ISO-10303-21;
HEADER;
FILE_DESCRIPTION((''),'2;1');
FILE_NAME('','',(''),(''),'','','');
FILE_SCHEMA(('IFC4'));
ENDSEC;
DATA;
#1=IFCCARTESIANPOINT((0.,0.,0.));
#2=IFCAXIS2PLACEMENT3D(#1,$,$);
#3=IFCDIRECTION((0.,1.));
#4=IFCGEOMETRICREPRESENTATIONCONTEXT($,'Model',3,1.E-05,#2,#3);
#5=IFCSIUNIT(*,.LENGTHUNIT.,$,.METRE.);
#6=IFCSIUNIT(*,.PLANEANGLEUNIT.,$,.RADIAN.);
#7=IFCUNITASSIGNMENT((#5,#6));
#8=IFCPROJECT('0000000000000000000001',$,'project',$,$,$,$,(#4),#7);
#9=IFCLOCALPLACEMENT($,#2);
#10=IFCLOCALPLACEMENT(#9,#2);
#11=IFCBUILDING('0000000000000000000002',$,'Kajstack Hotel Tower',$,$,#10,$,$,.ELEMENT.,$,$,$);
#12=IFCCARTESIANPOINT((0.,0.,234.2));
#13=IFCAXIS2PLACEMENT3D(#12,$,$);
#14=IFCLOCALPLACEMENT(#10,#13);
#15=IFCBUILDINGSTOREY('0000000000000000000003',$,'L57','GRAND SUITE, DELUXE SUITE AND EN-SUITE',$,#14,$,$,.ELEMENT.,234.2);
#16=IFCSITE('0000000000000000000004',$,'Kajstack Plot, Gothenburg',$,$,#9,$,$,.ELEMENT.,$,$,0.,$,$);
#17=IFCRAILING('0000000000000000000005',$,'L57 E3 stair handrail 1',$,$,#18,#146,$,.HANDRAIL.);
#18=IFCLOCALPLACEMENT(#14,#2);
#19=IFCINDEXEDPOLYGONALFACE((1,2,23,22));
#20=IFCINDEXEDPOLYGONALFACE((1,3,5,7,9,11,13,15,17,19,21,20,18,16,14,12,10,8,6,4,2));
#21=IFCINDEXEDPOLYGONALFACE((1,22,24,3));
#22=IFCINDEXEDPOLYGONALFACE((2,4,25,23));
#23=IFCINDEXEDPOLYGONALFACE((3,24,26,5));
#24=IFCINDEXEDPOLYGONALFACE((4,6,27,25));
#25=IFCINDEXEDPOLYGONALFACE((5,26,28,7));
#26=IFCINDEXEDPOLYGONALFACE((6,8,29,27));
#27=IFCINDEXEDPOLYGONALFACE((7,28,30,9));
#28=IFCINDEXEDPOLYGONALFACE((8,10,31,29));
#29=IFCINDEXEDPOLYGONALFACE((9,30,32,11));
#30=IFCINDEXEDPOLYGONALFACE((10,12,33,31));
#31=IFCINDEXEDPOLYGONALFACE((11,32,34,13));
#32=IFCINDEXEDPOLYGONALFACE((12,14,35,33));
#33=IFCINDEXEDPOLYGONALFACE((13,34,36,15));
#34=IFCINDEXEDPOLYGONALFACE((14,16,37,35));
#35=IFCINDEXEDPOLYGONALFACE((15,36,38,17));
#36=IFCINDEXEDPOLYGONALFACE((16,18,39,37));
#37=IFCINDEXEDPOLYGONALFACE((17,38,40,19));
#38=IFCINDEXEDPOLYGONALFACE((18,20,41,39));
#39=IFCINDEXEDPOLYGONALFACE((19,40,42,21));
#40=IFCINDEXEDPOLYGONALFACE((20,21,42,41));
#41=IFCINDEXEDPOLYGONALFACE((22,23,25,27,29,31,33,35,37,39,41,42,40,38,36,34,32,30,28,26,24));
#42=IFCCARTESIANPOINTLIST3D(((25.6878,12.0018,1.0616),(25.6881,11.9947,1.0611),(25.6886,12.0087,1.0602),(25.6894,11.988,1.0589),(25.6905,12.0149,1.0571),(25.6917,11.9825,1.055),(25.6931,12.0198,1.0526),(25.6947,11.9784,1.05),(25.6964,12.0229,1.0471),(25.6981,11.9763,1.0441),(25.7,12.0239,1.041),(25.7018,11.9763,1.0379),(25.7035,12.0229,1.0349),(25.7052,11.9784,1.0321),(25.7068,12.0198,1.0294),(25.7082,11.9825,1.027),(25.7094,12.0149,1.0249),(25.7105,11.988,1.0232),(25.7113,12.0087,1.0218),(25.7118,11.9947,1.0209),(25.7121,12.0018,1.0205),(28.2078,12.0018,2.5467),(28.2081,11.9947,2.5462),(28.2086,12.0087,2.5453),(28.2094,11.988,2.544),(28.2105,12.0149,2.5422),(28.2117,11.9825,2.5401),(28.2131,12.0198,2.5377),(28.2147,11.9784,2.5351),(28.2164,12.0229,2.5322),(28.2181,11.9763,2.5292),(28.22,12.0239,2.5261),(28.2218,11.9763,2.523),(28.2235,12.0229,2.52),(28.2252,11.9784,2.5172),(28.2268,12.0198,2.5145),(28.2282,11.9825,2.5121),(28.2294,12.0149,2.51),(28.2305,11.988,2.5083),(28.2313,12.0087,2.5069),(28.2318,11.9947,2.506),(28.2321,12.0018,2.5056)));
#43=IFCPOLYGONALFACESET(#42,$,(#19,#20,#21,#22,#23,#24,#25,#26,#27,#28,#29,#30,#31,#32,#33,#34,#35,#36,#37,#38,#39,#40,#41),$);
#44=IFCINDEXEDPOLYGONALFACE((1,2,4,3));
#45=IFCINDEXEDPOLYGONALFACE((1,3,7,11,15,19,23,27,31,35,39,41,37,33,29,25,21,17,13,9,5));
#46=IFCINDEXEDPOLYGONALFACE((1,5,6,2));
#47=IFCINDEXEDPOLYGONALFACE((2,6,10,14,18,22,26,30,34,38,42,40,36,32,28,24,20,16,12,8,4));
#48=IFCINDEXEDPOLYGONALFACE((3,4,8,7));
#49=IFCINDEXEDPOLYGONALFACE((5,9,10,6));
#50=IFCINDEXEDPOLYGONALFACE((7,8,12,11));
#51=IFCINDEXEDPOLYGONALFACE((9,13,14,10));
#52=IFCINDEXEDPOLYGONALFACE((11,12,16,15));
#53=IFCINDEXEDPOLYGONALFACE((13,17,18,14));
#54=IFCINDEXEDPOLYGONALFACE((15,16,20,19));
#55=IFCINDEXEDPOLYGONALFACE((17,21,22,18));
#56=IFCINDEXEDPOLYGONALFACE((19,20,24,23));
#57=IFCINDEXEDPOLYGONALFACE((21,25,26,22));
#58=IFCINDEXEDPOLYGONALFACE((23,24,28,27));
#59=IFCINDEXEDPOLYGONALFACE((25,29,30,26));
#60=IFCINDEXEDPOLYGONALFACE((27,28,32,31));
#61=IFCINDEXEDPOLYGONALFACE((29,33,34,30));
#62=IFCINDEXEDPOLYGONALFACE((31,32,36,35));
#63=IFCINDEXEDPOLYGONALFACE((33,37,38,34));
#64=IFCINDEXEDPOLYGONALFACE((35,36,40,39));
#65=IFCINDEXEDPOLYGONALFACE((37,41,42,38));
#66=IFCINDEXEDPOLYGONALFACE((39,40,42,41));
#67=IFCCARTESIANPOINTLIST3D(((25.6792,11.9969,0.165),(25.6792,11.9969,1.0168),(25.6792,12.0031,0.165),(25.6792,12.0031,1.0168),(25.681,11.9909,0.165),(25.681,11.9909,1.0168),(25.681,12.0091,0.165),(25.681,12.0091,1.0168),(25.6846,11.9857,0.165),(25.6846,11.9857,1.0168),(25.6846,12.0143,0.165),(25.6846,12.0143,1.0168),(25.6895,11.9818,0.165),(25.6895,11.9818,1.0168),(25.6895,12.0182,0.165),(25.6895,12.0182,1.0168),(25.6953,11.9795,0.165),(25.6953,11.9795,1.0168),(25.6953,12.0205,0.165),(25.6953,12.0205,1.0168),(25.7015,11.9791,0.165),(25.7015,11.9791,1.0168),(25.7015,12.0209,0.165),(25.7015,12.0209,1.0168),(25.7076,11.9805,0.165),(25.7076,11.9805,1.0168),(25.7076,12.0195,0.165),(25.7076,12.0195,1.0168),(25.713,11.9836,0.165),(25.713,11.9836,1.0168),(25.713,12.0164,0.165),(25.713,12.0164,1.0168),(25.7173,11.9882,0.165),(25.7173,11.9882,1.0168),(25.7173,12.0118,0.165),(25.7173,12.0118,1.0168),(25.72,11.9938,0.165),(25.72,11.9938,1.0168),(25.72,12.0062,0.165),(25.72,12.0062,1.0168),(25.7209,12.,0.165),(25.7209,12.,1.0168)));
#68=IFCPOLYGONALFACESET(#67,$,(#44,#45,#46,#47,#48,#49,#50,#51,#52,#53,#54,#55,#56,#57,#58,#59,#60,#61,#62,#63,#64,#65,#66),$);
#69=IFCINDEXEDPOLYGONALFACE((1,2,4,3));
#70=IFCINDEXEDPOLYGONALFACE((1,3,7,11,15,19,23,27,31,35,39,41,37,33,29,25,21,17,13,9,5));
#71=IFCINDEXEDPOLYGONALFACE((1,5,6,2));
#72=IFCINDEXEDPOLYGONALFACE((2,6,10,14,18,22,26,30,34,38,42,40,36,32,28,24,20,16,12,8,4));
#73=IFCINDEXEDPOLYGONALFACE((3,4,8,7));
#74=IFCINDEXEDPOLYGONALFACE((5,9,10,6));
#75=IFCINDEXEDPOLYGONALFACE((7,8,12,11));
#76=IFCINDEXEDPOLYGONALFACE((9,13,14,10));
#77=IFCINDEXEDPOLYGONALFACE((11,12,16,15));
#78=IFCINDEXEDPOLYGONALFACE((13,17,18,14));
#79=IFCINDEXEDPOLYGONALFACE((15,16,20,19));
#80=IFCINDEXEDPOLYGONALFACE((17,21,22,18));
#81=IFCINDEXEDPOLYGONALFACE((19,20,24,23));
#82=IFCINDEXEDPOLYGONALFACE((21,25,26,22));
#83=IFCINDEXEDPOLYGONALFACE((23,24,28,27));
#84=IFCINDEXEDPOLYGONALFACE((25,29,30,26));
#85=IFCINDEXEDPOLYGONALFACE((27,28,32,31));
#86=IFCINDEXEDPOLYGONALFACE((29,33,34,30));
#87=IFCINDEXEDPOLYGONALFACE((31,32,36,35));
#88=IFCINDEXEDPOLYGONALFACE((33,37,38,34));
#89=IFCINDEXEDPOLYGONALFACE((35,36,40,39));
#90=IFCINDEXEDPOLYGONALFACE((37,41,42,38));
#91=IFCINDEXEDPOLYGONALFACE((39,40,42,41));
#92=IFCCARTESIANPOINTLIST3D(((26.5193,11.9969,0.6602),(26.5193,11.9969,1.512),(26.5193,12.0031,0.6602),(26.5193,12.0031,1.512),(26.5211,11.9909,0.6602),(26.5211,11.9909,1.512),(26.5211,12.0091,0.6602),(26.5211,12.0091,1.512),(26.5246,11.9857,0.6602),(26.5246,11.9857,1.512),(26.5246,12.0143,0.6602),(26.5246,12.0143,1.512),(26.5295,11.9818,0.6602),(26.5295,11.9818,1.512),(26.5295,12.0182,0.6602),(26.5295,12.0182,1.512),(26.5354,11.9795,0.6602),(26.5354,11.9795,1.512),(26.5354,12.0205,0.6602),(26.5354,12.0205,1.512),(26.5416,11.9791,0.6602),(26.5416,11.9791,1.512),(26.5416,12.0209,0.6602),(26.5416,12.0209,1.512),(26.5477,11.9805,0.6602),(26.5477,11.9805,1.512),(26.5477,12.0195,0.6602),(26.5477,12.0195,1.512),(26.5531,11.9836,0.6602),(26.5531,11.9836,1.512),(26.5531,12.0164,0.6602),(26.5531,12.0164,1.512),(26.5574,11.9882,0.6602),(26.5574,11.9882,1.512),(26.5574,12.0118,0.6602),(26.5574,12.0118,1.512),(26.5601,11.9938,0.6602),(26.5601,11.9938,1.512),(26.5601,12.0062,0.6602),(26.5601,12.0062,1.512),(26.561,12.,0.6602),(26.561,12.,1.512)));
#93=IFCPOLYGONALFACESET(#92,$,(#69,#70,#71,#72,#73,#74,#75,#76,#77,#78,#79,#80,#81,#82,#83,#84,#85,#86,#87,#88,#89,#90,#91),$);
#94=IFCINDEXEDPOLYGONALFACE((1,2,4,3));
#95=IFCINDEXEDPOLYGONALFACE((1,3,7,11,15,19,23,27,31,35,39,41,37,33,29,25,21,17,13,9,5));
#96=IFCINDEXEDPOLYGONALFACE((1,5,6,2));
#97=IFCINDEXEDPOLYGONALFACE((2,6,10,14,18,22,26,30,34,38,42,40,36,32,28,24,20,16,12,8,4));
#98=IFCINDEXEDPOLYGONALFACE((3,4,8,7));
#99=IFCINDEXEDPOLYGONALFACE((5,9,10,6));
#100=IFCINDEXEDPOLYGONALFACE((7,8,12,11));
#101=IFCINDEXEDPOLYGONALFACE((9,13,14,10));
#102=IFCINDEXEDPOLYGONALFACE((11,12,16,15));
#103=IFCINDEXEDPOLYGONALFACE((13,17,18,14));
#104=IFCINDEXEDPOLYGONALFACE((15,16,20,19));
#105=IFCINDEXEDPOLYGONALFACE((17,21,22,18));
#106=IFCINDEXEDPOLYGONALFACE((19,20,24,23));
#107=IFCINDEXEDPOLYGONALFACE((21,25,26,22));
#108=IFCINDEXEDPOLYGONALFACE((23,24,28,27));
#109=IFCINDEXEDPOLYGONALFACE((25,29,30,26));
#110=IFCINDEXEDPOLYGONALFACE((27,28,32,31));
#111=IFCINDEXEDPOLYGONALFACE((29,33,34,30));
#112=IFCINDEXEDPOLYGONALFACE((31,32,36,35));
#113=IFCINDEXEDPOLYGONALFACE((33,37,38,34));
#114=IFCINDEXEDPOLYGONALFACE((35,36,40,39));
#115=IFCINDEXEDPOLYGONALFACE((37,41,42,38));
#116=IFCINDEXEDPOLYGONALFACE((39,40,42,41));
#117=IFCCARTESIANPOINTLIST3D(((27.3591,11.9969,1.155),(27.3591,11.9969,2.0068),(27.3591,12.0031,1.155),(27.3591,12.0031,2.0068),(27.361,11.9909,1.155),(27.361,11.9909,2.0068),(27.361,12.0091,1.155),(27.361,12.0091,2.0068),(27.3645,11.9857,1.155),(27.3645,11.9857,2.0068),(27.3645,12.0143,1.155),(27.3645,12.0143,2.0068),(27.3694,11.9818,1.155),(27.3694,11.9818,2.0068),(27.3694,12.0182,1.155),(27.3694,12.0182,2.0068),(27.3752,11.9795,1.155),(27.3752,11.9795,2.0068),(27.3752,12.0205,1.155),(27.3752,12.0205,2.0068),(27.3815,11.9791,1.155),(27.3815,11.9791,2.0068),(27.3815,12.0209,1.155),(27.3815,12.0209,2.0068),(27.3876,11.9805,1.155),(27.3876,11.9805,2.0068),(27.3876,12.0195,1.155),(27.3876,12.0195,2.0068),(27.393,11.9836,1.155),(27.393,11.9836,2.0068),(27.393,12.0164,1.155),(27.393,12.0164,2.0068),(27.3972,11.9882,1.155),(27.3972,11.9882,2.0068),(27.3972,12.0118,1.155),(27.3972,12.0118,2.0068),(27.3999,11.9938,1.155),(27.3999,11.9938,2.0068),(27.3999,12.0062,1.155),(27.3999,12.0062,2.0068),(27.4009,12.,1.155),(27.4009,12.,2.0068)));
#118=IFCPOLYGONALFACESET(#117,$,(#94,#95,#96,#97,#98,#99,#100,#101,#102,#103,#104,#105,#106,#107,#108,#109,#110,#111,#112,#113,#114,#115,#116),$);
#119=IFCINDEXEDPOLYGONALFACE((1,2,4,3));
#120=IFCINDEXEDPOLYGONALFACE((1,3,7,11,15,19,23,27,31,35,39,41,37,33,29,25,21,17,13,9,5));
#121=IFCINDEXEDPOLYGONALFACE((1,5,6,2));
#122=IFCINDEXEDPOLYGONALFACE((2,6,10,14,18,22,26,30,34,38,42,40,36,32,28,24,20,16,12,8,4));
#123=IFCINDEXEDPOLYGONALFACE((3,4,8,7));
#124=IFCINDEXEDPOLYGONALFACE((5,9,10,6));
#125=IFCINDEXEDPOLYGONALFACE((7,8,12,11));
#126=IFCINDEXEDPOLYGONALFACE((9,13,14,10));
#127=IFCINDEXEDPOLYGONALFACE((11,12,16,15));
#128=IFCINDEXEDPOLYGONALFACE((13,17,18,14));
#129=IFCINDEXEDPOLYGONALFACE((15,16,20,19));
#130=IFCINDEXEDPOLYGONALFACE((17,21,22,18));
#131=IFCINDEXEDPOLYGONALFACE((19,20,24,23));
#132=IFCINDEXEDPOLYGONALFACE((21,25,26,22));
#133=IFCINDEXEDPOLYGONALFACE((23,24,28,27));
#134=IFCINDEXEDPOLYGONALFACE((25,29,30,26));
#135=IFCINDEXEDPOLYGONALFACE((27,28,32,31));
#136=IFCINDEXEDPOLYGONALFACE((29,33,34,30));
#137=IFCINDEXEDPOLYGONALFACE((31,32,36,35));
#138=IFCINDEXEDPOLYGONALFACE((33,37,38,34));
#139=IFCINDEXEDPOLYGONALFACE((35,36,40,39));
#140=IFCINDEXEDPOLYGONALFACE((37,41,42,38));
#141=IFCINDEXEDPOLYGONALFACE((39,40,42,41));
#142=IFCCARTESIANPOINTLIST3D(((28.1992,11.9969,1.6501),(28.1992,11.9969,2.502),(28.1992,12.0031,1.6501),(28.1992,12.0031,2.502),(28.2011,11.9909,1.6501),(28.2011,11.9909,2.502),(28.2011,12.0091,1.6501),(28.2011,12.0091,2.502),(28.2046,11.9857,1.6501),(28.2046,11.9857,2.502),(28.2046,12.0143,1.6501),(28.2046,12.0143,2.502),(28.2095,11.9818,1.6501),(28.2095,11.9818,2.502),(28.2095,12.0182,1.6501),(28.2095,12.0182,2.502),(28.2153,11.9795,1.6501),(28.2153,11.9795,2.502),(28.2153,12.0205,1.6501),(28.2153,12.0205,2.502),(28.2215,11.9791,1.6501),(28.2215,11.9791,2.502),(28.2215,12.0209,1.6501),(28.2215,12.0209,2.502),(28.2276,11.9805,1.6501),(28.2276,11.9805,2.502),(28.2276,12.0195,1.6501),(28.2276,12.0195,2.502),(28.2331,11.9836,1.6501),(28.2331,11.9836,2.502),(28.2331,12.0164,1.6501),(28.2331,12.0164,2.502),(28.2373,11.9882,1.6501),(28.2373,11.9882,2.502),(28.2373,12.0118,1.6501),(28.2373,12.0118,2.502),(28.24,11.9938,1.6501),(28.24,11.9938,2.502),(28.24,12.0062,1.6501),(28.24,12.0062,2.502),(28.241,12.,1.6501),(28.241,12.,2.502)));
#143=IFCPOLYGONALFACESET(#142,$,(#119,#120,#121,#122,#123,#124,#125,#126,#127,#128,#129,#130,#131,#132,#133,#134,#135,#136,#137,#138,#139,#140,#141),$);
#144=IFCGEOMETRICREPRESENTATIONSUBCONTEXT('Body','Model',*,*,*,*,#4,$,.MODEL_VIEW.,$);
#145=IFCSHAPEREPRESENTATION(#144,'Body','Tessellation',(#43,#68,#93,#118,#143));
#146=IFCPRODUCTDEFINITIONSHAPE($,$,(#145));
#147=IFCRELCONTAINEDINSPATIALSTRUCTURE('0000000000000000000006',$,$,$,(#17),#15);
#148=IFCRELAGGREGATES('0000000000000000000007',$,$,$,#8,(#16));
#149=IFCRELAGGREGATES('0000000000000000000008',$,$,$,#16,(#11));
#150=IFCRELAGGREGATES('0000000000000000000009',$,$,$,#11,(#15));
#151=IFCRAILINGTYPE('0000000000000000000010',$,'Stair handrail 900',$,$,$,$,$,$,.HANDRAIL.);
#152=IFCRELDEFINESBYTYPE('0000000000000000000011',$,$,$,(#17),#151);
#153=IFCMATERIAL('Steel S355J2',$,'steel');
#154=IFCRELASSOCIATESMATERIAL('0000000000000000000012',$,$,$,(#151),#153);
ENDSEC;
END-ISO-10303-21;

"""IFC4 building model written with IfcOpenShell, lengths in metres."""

from ifc_helpers import new_model, si_unit, direction, frame, origin, origin_2d, place, context, subcontext, project, spatial, circle, extrude, material, type_object, element, save


model = new_model("IFC4")

# Units and contexts
model_context = context("Model", 3, precision=1e-05, world=origin(), true_north=direction((0.0, 1.0)))
body_context = subcontext(model_context, "Body", "Model", "MODEL_VIEW")
ifc_project = project(units=[si_unit("LENGTHUNIT", "METRE"), si_unit("PLANEANGLEUNIT", "RADIAN")], contexts=[model_context])

# Site, building, storey
site_placement = place(None, origin())
site = spatial("IfcSite", under=ifc_project, at=site_placement, Name="Kajstack Plot, Gothenburg", CompositionType="ELEMENT", RefElevation=0.0)
building_placement = place(site_placement, origin())
building = spatial("IfcBuilding", under=site, at=building_placement, Name="Kajstack Hotel Tower", CompositionType="ELEMENT")
storey_placement = place(building_placement, frame((0.0, 0.0, 234.2)))
storey = spatial("IfcBuildingStorey", under=building, at=storey_placement, Name="L57", Description="GRAND SUITE, DELUXE SUITE AND EN-SUITE", CompositionType="ELEMENT", Elevation=234.2)

# Railing
ifc_material_1 = material(Name="Steel S355J2", Category="steel")
railing_type_1 = type_object("IfcRailingType", Name="Stair handrail 900", PredefinedType="HANDRAIL", material=ifc_material_1)
railing_1_placement = place(storey_placement, frame((25.7, 12.0, 0.165)))
element("IfcRailing", 1, at=railing_1_placement, inside=storey, type_object=railing_type_1, Name="L57 E3 stair handrail 1", PredefinedType="HANDRAIL", context=body_context, shape_type="SweptSolid", body=[
    extrude(circle(Radius=0.0239, at=origin_2d()), frame((0.0, 0.0, 0.876), z_axis=(0.861524, 0.0, 0.507717), x_axis=(0.0, 1.0, 0.0)), (0.0, 0.0, 1.0), 2.925),
    extrude(circle(Radius=0.021, at=origin_2d()), origin(), (0.0, 0.0, 1.0), 0.8518),
    extrude(circle(Radius=0.021, at=origin_2d()), frame((0.8401, 0.0, 0.4951)), (0.0, 0.0, 1.0), 0.8518),
    extrude(circle(Radius=0.021, at=origin_2d()), frame((1.6799, 0.0, 0.99)), (0.0, 0.0, 1.0), 0.8518),
    extrude(circle(Radius=0.021, at=origin_2d()), frame((2.52, 0.0, 1.4851)), (0.0, 0.0, 1.0), 0.8518),
])

save(model, "model.ifc")
